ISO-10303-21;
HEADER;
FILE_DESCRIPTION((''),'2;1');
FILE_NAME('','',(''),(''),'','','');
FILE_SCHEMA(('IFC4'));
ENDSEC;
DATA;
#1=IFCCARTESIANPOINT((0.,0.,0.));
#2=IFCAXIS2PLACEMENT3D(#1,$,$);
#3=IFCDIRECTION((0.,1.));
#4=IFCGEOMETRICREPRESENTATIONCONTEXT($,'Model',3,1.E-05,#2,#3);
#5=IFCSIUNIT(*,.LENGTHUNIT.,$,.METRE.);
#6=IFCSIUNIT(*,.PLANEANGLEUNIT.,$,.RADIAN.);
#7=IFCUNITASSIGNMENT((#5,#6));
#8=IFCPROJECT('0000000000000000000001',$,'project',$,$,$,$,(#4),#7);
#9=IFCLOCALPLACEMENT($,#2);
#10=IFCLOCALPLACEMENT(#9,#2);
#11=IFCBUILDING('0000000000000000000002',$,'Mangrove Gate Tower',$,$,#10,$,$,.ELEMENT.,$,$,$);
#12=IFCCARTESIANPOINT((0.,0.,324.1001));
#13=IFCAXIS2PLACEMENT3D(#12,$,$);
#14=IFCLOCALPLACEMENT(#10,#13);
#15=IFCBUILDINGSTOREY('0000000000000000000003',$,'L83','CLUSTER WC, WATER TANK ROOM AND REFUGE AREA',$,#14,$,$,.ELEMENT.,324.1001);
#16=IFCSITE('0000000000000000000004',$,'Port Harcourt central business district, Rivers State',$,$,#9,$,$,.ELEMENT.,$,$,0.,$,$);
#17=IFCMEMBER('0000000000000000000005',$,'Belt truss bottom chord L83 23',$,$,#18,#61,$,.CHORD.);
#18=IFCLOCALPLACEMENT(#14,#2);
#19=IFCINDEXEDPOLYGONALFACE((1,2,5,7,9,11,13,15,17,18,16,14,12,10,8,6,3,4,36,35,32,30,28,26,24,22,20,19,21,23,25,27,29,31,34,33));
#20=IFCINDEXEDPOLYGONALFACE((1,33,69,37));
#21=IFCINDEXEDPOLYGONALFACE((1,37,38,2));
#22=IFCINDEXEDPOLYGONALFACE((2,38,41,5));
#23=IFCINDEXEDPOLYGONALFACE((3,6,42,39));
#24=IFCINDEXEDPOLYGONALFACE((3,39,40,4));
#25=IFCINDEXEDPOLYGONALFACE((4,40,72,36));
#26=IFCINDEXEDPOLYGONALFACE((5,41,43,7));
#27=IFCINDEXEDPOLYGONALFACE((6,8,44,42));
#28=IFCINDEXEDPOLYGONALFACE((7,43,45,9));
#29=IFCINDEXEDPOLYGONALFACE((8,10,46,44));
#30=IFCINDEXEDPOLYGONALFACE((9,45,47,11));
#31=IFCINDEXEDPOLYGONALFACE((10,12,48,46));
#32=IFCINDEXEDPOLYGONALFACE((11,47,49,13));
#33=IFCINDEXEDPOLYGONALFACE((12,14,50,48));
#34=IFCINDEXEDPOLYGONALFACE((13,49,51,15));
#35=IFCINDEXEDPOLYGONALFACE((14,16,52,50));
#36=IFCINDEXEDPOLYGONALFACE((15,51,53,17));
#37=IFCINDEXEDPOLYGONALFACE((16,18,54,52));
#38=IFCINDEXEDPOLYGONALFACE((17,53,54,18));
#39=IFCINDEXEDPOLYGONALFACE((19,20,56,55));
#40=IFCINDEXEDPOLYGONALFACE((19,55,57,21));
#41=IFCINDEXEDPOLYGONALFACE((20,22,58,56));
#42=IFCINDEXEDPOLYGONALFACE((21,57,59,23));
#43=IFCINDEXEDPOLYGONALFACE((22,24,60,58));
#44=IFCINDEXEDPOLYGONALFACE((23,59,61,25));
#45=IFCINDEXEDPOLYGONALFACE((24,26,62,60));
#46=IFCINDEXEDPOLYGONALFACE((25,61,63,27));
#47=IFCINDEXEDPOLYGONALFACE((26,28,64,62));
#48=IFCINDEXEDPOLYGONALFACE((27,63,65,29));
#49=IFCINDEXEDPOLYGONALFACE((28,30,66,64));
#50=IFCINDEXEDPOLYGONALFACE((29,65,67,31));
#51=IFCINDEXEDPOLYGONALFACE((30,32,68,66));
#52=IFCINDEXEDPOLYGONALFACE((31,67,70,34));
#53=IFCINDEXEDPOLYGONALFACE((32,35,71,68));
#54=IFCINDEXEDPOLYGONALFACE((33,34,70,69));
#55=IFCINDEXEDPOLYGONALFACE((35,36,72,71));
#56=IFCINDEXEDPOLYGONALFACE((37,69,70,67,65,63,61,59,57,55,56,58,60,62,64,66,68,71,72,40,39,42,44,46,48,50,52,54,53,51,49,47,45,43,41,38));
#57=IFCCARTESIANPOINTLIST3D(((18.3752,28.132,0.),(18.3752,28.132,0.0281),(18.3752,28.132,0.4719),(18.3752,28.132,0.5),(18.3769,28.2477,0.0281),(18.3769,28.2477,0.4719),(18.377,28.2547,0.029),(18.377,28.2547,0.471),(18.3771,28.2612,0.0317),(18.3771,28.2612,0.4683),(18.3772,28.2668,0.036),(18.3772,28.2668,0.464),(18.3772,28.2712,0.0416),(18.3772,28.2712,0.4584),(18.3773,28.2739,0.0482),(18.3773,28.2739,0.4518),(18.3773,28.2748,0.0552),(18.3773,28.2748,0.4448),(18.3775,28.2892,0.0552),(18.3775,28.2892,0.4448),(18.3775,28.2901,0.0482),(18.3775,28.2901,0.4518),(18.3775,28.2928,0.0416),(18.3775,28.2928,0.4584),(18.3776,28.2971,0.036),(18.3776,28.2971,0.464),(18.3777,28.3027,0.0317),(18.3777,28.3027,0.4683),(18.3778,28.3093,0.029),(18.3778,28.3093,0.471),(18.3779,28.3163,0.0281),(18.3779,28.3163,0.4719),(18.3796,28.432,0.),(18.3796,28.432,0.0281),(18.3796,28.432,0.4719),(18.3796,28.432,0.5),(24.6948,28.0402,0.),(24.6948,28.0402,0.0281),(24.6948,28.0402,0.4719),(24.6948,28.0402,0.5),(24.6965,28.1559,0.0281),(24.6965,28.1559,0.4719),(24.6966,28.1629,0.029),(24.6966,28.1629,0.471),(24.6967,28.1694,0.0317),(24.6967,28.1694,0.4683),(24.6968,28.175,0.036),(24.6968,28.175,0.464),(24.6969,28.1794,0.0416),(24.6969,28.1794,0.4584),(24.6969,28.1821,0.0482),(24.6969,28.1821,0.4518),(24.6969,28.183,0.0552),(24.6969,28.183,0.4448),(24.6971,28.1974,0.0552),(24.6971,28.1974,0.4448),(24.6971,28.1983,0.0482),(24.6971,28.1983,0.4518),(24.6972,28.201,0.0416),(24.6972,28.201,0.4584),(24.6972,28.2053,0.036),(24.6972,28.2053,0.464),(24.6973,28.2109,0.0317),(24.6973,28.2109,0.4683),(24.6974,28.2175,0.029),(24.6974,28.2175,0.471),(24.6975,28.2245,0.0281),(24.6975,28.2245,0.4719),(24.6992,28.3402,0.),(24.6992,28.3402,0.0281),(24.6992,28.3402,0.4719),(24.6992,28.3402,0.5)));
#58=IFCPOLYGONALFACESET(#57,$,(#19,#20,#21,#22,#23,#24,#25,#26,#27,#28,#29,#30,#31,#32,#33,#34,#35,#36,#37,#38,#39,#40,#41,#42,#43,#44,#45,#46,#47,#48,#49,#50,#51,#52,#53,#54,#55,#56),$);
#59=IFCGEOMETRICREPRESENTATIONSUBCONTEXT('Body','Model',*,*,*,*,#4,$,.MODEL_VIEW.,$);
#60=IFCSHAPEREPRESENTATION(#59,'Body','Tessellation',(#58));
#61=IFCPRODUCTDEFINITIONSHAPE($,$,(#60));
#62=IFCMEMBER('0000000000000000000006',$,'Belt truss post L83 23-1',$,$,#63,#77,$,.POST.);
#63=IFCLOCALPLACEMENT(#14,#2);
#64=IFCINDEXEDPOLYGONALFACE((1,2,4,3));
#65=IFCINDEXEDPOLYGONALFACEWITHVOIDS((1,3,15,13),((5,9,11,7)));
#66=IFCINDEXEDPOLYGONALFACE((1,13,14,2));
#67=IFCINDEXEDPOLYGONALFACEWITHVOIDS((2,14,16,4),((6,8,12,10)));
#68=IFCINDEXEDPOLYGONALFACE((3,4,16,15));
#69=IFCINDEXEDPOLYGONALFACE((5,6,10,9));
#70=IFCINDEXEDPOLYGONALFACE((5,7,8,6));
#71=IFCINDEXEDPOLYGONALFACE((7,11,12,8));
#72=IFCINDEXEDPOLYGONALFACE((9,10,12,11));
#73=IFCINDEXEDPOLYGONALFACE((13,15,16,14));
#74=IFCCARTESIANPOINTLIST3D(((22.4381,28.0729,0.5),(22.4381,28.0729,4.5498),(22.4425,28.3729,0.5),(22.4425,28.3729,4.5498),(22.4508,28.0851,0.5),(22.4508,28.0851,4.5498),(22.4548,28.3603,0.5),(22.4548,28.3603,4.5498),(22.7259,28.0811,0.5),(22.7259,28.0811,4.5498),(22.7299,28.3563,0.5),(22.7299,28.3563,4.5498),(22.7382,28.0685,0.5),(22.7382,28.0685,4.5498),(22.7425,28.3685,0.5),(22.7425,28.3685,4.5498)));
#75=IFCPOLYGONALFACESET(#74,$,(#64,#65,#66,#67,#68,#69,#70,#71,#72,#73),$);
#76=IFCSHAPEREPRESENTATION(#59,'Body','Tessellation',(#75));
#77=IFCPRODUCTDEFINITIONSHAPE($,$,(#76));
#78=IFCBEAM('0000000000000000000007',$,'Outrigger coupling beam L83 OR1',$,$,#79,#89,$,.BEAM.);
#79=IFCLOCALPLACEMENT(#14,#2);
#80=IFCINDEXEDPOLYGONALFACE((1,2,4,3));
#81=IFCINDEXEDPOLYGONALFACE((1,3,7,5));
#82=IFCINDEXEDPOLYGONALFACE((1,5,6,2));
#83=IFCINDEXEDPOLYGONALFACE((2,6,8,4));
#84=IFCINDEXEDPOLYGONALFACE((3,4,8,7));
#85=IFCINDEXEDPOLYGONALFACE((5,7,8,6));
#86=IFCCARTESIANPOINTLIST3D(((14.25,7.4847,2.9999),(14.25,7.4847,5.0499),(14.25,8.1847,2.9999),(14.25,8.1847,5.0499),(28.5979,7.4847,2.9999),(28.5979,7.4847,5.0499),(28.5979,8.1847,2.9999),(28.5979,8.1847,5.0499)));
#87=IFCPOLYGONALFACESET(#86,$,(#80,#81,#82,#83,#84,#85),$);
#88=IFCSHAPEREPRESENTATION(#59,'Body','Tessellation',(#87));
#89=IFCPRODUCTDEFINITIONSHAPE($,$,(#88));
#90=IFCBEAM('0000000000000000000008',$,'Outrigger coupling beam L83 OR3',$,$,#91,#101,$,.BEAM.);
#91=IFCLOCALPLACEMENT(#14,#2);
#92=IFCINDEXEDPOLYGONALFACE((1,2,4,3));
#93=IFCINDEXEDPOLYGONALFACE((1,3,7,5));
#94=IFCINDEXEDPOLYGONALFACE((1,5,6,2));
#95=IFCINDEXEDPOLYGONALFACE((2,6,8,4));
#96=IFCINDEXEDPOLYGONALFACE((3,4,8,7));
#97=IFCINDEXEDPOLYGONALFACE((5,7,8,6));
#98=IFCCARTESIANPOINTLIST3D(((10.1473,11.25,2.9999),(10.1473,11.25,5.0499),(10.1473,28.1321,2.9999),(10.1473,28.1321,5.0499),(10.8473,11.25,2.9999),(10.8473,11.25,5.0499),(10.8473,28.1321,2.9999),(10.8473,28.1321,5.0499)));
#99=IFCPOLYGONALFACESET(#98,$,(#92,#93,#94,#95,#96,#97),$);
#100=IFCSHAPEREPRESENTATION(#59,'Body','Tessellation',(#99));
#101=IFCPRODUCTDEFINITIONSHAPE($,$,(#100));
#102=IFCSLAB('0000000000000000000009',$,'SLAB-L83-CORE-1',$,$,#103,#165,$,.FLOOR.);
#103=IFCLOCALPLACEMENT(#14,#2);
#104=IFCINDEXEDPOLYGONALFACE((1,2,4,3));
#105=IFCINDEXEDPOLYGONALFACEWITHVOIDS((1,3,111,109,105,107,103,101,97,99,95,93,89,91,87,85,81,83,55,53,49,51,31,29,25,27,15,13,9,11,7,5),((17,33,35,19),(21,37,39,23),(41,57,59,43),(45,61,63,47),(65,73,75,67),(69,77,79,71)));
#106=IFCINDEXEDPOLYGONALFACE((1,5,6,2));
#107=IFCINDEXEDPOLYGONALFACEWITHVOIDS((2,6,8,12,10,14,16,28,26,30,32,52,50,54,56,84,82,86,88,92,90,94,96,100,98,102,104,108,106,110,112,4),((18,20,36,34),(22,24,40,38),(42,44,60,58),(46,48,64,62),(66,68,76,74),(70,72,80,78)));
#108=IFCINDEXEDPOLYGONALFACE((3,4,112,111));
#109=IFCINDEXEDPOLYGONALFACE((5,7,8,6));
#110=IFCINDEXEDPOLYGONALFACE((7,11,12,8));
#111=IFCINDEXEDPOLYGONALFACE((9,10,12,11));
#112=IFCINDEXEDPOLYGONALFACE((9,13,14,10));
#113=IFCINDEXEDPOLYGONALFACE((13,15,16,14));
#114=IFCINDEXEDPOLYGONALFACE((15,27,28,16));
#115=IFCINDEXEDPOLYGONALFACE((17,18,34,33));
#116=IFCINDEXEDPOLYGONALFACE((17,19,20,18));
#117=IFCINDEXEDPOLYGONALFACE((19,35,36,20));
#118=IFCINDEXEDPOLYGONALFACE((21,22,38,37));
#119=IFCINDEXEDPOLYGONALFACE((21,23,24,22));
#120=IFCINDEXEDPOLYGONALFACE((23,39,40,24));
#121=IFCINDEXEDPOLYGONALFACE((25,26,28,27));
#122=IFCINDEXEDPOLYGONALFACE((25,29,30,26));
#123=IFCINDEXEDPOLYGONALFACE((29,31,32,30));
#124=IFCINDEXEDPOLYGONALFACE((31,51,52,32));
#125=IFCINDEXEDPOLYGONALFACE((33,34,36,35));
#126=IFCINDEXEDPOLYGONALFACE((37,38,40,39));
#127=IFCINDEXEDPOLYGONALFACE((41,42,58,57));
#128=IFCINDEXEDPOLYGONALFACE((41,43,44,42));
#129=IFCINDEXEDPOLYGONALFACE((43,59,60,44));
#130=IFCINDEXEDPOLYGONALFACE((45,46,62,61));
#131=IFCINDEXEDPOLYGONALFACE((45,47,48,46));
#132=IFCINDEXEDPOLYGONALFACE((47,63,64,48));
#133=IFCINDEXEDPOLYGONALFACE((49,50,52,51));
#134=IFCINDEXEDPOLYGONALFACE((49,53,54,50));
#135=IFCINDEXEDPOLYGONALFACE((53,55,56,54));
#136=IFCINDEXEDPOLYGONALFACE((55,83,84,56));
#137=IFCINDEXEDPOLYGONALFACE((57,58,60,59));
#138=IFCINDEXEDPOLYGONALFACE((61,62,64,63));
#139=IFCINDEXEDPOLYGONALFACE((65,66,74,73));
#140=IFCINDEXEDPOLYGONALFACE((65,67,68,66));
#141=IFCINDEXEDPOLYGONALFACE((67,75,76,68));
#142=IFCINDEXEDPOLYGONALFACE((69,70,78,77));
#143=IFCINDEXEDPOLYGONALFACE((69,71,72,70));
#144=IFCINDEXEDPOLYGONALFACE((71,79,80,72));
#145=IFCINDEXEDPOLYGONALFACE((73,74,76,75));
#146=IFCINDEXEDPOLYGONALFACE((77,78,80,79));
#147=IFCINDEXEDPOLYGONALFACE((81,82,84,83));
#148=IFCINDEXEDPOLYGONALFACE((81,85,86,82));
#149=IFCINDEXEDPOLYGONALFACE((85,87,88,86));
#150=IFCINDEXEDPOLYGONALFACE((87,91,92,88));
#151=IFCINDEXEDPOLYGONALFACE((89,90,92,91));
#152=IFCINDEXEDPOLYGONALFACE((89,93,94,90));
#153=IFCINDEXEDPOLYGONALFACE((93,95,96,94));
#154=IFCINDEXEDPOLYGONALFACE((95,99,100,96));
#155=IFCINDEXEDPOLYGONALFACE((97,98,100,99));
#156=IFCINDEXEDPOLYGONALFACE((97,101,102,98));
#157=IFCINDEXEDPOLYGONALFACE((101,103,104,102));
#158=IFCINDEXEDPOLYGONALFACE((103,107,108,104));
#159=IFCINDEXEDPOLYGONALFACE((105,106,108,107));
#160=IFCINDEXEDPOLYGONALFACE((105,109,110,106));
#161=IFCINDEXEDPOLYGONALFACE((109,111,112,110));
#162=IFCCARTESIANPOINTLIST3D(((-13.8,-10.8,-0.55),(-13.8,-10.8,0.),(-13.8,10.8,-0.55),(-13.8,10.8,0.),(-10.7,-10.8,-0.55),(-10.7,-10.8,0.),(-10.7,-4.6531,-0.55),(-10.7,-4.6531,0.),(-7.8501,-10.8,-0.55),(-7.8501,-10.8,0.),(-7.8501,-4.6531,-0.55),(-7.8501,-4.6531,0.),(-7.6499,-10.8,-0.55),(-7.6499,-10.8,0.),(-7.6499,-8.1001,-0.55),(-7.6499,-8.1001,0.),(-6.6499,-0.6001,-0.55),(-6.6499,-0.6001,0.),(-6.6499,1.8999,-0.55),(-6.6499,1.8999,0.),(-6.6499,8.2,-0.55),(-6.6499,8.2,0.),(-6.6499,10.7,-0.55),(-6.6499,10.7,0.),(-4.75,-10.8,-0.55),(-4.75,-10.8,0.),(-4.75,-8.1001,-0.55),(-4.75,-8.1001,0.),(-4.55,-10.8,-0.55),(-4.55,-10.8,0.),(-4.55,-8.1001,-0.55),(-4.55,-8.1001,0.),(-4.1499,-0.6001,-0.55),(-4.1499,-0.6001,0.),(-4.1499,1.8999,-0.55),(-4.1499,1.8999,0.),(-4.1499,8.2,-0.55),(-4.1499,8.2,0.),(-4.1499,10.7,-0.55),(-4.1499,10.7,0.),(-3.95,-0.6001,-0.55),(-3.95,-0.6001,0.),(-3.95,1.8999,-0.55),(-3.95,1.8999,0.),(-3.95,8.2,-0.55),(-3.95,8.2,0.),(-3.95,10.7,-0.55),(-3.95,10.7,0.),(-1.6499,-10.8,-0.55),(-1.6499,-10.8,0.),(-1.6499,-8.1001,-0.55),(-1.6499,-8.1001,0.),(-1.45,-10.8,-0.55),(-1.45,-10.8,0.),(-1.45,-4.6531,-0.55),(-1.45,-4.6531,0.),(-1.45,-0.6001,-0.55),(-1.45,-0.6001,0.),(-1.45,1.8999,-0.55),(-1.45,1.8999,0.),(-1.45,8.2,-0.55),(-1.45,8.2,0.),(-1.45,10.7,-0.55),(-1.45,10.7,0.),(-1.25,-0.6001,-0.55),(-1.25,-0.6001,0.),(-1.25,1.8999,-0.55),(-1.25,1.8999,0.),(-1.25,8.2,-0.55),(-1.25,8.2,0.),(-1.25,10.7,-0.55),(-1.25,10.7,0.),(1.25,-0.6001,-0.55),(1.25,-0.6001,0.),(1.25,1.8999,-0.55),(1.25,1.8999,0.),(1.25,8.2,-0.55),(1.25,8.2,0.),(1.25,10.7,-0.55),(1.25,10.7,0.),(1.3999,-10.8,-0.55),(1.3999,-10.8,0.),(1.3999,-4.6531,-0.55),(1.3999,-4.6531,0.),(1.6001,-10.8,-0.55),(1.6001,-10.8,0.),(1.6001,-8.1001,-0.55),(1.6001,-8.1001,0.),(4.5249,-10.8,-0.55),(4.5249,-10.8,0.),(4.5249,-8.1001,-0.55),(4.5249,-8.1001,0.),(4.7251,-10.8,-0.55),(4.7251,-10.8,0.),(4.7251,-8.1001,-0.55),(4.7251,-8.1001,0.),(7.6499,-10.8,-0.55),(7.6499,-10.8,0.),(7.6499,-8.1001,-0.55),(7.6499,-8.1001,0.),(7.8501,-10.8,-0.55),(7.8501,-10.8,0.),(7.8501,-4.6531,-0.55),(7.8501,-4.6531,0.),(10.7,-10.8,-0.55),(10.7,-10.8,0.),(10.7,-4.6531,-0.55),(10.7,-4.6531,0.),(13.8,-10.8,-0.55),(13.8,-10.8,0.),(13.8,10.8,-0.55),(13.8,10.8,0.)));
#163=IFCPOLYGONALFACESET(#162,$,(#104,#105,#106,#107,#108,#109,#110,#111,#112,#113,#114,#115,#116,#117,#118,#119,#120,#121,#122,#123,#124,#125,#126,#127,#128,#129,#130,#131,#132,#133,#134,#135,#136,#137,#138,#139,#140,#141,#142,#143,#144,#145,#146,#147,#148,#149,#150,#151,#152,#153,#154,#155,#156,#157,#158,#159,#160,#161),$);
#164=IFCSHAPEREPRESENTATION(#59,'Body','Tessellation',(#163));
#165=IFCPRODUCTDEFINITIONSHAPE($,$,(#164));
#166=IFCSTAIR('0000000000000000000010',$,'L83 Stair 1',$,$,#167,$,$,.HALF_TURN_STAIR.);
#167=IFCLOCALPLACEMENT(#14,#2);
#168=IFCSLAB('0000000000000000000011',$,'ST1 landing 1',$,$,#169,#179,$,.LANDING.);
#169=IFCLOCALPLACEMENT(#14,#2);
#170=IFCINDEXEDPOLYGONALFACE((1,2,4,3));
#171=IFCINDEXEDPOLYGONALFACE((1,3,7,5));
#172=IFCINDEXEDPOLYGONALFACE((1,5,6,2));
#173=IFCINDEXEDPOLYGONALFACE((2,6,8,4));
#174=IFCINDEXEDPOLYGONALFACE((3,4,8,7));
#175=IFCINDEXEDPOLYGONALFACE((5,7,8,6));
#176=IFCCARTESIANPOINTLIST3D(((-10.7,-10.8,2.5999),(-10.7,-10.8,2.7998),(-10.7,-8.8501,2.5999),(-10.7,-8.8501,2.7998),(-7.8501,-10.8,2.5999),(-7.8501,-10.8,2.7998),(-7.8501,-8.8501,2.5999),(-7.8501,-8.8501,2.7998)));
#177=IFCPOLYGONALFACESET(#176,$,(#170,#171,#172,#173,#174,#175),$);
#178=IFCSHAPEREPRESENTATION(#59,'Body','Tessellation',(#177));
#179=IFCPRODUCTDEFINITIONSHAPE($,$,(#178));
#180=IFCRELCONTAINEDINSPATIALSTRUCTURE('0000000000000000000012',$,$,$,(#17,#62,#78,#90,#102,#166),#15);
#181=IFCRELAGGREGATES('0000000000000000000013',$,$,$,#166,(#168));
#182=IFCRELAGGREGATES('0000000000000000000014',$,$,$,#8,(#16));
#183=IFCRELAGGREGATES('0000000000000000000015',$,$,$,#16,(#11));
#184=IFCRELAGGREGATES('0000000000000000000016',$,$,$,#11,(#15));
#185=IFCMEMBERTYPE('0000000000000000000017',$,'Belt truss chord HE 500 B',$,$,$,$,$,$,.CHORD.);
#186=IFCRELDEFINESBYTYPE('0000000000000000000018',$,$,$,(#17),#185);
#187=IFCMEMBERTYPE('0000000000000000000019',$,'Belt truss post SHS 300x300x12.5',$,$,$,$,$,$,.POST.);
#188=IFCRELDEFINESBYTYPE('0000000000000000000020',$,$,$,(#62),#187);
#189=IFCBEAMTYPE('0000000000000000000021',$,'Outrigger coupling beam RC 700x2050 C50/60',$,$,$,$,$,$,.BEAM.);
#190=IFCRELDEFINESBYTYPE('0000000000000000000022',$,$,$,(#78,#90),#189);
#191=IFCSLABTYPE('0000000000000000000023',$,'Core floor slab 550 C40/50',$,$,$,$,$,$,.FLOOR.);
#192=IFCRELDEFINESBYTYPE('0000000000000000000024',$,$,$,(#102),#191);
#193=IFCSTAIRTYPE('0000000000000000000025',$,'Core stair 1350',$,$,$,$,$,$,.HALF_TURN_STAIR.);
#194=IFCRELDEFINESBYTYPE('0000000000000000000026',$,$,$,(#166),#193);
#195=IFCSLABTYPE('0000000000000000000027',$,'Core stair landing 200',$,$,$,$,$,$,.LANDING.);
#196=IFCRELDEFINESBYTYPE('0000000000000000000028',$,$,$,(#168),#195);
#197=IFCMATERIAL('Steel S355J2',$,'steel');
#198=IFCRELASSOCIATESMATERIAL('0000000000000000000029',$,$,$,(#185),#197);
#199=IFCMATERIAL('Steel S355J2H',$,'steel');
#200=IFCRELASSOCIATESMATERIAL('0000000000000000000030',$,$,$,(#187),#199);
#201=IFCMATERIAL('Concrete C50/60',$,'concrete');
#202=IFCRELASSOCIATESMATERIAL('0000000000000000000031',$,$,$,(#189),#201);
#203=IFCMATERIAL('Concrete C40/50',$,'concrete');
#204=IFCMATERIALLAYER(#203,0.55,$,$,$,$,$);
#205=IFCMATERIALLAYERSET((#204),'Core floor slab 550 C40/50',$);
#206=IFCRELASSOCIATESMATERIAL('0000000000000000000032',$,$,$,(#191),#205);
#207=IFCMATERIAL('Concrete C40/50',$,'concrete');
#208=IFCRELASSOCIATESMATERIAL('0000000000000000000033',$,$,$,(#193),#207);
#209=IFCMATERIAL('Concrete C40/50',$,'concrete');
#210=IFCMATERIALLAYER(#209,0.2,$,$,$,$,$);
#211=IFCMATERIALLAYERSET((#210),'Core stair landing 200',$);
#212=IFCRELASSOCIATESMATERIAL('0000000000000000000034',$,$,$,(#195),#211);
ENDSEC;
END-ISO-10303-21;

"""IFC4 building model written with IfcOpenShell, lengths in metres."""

from ifc_helpers import new_model, si_unit, direction, frame, origin, origin_2d, place, context, subcontext, project, spatial, polyline, rectangle, hollow_rectangle, i_section, outline, extrude, material, layer, layer_set, material_profile, profile_set, type_object, element, aggregate, save


model = new_model("IFC4")

# Units and contexts
model_context = context("Model", 3, precision=1e-05, world=origin(), true_north=direction((0.0, 1.0)))
body_context = subcontext(model_context, "Body", "Model", "MODEL_VIEW")
ifc_project = project(units=[si_unit("LENGTHUNIT", "METRE"), si_unit("PLANEANGLEUNIT", "RADIAN")], contexts=[model_context])

# Site, building, storey
site_placement = place(None, origin())
site = spatial("IfcSite", under=ifc_project, at=site_placement, Name="Port Harcourt central business district, Rivers State", CompositionType="ELEMENT", RefElevation=0.0)
building_placement = place(site_placement, origin())
building = spatial("IfcBuilding", under=site, at=building_placement, Name="Mangrove Gate Tower", CompositionType="ELEMENT")
storey_placement = place(building_placement, frame((0.0, 0.0, 324.1001)))
storey = spatial("IfcBuildingStorey", under=building, at=storey_placement, Name="L83", Description="CLUSTER WC, WATER TANK ROOM AND REFUGE AREA", CompositionType="ELEMENT", Elevation=324.1001)

# Members
ifc_material_1 = material(Name="Steel S355J2", Category="steel")
ifc_material_profile_1 = material_profile(ifc_material_1, i_section(OverallWidth=0.3, OverallDepth=0.5, WebThickness=0.0144, FlangeThickness=0.0281, FilletRadius=0.0271, at=origin_2d()))
ifc_profile_set_1 = profile_set([ifc_material_profile_1], Name="Steel S355J2")
member_type_1 = type_object("IfcMemberType", Name="Belt truss chord HE 500 B", PredefinedType="CHORD", material=ifc_profile_set_1)
member_1_placement = place(storey_placement, frame((24.697, 28.1902, 0.25), z_axis=(-0.999895, 0.014524, 0.0), x_axis=(-0.014524, -0.999895, 0.0)))
element("IfcMember", 1, at=member_1_placement, inside=storey, type_object=member_type_1, Name="Belt truss bottom chord L83 23", PredefinedType="CHORD", context=body_context, shape_type="SweptSolid", body=[
    extrude(i_section(OverallWidth=0.3, OverallDepth=0.5, WebThickness=0.0144, FlangeThickness=0.0281, FilletRadius=0.0271, at=origin_2d()), origin(), (0.0, 0.0, 1.0), 6.3203),
])
ifc_material_2 = material(Name="Steel S355J2H", Category="steel")
ifc_material_profile_2 = material_profile(ifc_material_2, hollow_rectangle(XDim=0.3, YDim=0.3, WallThickness=0.0125, at=origin_2d()))
ifc_profile_set_2 = profile_set([ifc_material_profile_2], Name="Steel S355J2H")
member_type_2 = type_object("IfcMemberType", Name="Belt truss post SHS 300x300x12.5", PredefinedType="POST", material=ifc_profile_set_2)
member_2_placement = place(storey_placement, frame((22.5903, 28.2207, 0.5), z_axis=(0.0, 0.0, 1.0), x_axis=(-0.999895, 0.01452, 0.0)))
element("IfcMember", 2, at=member_2_placement, inside=storey, type_object=member_type_2, Name="Belt truss post L83 23-1", PredefinedType="POST", context=body_context, shape_type="SweptSolid", body=[
    extrude(hollow_rectangle(XDim=0.3, YDim=0.3, WallThickness=0.0125, at=origin_2d()), origin(), (0.0, 0.0, 1.0), 4.0498),
])

# Beams
ifc_material_3 = material(Name="Concrete C50/60", Category="concrete")
ifc_material_profile_3 = material_profile(ifc_material_3, rectangle(XDim=0.7, YDim=2.05, at=origin_2d()))
ifc_profile_set_3 = profile_set([ifc_material_profile_3], Name="Concrete C50/60")
beam_type = type_object("IfcBeamType", Name="Outrigger coupling beam RC 700x2050 C50/60", PredefinedType="BEAM", material=ifc_profile_set_3)
beam_1_placement = place(storey_placement, frame((14.25, 7.8347, 4.0249), z_axis=(1.0, 0.0, 0.0), x_axis=(0.0, 1.0, 0.0)))
element("IfcBeam", 3, at=beam_1_placement, inside=storey, type_object=beam_type, Name="Outrigger coupling beam L83 OR1", PredefinedType="BEAM", context=body_context, shape_type="SweptSolid", body=[
    extrude(rectangle(XDim=0.7, YDim=2.05, at=origin_2d()), origin(), (0.0, 0.0, 1.0), 14.3479),
])
beam_2_placement = place(storey_placement, frame((10.4973, 11.25, 4.0249), z_axis=(0.0, 1.0, 0.0), x_axis=(-1.0, 0.0, 0.0)))
element("IfcBeam", 4, at=beam_2_placement, inside=storey, type_object=beam_type, Name="Outrigger coupling beam L83 OR3", PredefinedType="BEAM", context=body_context, shape_type="SweptSolid", body=[
    extrude(rectangle(XDim=0.7, YDim=2.05, at=origin_2d()), origin(), (0.0, 0.0, 1.0), 16.8821),
])

# Slab
ifc_material_4 = material(Name="Concrete C40/50", Category="concrete")
ifc_layer_1 = layer(ifc_material_4, 0.55)
ifc_layer_set_1 = layer_set([ifc_layer_1], Name="Core floor slab 550 C40/50")
slab_type_1 = type_object("IfcSlabType", Name="Core floor slab 550 C40/50", PredefinedType="FLOOR", material=ifc_layer_set_1)
slab_1_placement = place(storey_placement, frame((0.0, 0.0, -0.55)))
element("IfcSlab", 5, at=slab_1_placement, inside=storey, type_object=slab_type_1, Name="SLAB-L83-CORE-1", PredefinedType="FLOOR", context=body_context, shape_type="SweptSolid", body=[
    extrude(outline(polyline([(-13.8, -10.8), (-13.8, 10.8), (13.8, 10.8), (13.8, -10.8), (10.7, -10.8), (10.7, -4.6531), (7.8501, -4.6531), (7.8501, -10.8), (7.6499, -10.8), (7.6499, -8.1001), (4.7251, -8.1001), (4.7251, -10.8), (4.5249, -10.8), (4.5249, -8.1001), (1.6001, -8.1001), (1.6001, -10.8), (1.3999, -10.8), (1.3999, -4.6531), (-1.45, -4.6531), (-1.45, -10.8), (-1.6499, -10.8), (-1.6499, -8.1001), (-4.55, -8.1001), (-4.55, -10.8), (-4.75, -10.8), (-4.75, -8.1001), (-7.6499, -8.1001), (-7.6499, -10.8), (-7.8501, -10.8), (-7.8501, -4.6531), (-10.7, -4.6531), (-10.7, -10.8), (-13.8, -10.8)]), holes=[polyline([(-4.1499, 1.8999), (-6.6499, 1.8999), (-6.6499, -0.6001), (-4.1499, -0.6001), (-4.1499, 1.8999)]), polyline([(-1.45, -0.6001), (-1.45, 1.8999), (-3.95, 1.8999), (-3.95, -0.6001), (-1.45, -0.6001)]), polyline([(-4.1499, 8.2), (-4.1499, 10.7), (-6.6499, 10.7), (-6.6499, 8.2), (-4.1499, 8.2)]), polyline([(-1.45, 10.7), (-3.95, 10.7), (-3.95, 8.2), (-1.45, 8.2), (-1.45, 10.7)]), polyline([(1.25, -0.6001), (1.25, 1.8999), (-1.25, 1.8999), (-1.25, -0.6001), (1.25, -0.6001)]), polyline([(1.25, 8.2), (1.25, 10.7), (-1.25, 10.7), (-1.25, 8.2), (1.25, 8.2)])]), origin(), (0.0, 0.0, 1.0), 0.55),
])

# Stair, slab
ifc_material_5 = material(Name="Concrete C40/50", Category="concrete")
stair_type = type_object("IfcStairType", Name="Core stair 1350", PredefinedType="HALF_TURN_STAIR", material=ifc_material_5)
stair_1_placement = place(storey_placement, origin())
stair_1 = element("IfcStair", 6, at=stair_1_placement, inside=storey, type_object=stair_type, Name="L83 Stair 1", PredefinedType="HALF_TURN_STAIR")
ifc_material_6 = material(Name="Concrete C40/50", Category="concrete")
ifc_layer_2 = layer(ifc_material_6, 0.2)
ifc_layer_set_2 = layer_set([ifc_layer_2], Name="Core stair landing 200")
slab_type_2 = type_object("IfcSlabType", Name="Core stair landing 200", PredefinedType="LANDING", material=ifc_layer_set_2)
slab_2_placement = place(storey_placement, frame((0.0, 0.0, 2.5999)))
slab_2 = element("IfcSlab", 7, at=slab_2_placement, type_object=slab_type_2, Name="ST1 landing 1", PredefinedType="LANDING", context=body_context, shape_type="SweptSolid", body=[
    extrude(outline(polyline([(-10.7, -8.8501), (-10.7, -10.8), (-7.8501, -10.8), (-7.8501, -8.8501), (-10.7, -8.8501)])), origin(), (0.0, 0.0, 1.0), 0.2),
])
aggregate(stair_1, [slab_2])

save(model, "model.ifc")
